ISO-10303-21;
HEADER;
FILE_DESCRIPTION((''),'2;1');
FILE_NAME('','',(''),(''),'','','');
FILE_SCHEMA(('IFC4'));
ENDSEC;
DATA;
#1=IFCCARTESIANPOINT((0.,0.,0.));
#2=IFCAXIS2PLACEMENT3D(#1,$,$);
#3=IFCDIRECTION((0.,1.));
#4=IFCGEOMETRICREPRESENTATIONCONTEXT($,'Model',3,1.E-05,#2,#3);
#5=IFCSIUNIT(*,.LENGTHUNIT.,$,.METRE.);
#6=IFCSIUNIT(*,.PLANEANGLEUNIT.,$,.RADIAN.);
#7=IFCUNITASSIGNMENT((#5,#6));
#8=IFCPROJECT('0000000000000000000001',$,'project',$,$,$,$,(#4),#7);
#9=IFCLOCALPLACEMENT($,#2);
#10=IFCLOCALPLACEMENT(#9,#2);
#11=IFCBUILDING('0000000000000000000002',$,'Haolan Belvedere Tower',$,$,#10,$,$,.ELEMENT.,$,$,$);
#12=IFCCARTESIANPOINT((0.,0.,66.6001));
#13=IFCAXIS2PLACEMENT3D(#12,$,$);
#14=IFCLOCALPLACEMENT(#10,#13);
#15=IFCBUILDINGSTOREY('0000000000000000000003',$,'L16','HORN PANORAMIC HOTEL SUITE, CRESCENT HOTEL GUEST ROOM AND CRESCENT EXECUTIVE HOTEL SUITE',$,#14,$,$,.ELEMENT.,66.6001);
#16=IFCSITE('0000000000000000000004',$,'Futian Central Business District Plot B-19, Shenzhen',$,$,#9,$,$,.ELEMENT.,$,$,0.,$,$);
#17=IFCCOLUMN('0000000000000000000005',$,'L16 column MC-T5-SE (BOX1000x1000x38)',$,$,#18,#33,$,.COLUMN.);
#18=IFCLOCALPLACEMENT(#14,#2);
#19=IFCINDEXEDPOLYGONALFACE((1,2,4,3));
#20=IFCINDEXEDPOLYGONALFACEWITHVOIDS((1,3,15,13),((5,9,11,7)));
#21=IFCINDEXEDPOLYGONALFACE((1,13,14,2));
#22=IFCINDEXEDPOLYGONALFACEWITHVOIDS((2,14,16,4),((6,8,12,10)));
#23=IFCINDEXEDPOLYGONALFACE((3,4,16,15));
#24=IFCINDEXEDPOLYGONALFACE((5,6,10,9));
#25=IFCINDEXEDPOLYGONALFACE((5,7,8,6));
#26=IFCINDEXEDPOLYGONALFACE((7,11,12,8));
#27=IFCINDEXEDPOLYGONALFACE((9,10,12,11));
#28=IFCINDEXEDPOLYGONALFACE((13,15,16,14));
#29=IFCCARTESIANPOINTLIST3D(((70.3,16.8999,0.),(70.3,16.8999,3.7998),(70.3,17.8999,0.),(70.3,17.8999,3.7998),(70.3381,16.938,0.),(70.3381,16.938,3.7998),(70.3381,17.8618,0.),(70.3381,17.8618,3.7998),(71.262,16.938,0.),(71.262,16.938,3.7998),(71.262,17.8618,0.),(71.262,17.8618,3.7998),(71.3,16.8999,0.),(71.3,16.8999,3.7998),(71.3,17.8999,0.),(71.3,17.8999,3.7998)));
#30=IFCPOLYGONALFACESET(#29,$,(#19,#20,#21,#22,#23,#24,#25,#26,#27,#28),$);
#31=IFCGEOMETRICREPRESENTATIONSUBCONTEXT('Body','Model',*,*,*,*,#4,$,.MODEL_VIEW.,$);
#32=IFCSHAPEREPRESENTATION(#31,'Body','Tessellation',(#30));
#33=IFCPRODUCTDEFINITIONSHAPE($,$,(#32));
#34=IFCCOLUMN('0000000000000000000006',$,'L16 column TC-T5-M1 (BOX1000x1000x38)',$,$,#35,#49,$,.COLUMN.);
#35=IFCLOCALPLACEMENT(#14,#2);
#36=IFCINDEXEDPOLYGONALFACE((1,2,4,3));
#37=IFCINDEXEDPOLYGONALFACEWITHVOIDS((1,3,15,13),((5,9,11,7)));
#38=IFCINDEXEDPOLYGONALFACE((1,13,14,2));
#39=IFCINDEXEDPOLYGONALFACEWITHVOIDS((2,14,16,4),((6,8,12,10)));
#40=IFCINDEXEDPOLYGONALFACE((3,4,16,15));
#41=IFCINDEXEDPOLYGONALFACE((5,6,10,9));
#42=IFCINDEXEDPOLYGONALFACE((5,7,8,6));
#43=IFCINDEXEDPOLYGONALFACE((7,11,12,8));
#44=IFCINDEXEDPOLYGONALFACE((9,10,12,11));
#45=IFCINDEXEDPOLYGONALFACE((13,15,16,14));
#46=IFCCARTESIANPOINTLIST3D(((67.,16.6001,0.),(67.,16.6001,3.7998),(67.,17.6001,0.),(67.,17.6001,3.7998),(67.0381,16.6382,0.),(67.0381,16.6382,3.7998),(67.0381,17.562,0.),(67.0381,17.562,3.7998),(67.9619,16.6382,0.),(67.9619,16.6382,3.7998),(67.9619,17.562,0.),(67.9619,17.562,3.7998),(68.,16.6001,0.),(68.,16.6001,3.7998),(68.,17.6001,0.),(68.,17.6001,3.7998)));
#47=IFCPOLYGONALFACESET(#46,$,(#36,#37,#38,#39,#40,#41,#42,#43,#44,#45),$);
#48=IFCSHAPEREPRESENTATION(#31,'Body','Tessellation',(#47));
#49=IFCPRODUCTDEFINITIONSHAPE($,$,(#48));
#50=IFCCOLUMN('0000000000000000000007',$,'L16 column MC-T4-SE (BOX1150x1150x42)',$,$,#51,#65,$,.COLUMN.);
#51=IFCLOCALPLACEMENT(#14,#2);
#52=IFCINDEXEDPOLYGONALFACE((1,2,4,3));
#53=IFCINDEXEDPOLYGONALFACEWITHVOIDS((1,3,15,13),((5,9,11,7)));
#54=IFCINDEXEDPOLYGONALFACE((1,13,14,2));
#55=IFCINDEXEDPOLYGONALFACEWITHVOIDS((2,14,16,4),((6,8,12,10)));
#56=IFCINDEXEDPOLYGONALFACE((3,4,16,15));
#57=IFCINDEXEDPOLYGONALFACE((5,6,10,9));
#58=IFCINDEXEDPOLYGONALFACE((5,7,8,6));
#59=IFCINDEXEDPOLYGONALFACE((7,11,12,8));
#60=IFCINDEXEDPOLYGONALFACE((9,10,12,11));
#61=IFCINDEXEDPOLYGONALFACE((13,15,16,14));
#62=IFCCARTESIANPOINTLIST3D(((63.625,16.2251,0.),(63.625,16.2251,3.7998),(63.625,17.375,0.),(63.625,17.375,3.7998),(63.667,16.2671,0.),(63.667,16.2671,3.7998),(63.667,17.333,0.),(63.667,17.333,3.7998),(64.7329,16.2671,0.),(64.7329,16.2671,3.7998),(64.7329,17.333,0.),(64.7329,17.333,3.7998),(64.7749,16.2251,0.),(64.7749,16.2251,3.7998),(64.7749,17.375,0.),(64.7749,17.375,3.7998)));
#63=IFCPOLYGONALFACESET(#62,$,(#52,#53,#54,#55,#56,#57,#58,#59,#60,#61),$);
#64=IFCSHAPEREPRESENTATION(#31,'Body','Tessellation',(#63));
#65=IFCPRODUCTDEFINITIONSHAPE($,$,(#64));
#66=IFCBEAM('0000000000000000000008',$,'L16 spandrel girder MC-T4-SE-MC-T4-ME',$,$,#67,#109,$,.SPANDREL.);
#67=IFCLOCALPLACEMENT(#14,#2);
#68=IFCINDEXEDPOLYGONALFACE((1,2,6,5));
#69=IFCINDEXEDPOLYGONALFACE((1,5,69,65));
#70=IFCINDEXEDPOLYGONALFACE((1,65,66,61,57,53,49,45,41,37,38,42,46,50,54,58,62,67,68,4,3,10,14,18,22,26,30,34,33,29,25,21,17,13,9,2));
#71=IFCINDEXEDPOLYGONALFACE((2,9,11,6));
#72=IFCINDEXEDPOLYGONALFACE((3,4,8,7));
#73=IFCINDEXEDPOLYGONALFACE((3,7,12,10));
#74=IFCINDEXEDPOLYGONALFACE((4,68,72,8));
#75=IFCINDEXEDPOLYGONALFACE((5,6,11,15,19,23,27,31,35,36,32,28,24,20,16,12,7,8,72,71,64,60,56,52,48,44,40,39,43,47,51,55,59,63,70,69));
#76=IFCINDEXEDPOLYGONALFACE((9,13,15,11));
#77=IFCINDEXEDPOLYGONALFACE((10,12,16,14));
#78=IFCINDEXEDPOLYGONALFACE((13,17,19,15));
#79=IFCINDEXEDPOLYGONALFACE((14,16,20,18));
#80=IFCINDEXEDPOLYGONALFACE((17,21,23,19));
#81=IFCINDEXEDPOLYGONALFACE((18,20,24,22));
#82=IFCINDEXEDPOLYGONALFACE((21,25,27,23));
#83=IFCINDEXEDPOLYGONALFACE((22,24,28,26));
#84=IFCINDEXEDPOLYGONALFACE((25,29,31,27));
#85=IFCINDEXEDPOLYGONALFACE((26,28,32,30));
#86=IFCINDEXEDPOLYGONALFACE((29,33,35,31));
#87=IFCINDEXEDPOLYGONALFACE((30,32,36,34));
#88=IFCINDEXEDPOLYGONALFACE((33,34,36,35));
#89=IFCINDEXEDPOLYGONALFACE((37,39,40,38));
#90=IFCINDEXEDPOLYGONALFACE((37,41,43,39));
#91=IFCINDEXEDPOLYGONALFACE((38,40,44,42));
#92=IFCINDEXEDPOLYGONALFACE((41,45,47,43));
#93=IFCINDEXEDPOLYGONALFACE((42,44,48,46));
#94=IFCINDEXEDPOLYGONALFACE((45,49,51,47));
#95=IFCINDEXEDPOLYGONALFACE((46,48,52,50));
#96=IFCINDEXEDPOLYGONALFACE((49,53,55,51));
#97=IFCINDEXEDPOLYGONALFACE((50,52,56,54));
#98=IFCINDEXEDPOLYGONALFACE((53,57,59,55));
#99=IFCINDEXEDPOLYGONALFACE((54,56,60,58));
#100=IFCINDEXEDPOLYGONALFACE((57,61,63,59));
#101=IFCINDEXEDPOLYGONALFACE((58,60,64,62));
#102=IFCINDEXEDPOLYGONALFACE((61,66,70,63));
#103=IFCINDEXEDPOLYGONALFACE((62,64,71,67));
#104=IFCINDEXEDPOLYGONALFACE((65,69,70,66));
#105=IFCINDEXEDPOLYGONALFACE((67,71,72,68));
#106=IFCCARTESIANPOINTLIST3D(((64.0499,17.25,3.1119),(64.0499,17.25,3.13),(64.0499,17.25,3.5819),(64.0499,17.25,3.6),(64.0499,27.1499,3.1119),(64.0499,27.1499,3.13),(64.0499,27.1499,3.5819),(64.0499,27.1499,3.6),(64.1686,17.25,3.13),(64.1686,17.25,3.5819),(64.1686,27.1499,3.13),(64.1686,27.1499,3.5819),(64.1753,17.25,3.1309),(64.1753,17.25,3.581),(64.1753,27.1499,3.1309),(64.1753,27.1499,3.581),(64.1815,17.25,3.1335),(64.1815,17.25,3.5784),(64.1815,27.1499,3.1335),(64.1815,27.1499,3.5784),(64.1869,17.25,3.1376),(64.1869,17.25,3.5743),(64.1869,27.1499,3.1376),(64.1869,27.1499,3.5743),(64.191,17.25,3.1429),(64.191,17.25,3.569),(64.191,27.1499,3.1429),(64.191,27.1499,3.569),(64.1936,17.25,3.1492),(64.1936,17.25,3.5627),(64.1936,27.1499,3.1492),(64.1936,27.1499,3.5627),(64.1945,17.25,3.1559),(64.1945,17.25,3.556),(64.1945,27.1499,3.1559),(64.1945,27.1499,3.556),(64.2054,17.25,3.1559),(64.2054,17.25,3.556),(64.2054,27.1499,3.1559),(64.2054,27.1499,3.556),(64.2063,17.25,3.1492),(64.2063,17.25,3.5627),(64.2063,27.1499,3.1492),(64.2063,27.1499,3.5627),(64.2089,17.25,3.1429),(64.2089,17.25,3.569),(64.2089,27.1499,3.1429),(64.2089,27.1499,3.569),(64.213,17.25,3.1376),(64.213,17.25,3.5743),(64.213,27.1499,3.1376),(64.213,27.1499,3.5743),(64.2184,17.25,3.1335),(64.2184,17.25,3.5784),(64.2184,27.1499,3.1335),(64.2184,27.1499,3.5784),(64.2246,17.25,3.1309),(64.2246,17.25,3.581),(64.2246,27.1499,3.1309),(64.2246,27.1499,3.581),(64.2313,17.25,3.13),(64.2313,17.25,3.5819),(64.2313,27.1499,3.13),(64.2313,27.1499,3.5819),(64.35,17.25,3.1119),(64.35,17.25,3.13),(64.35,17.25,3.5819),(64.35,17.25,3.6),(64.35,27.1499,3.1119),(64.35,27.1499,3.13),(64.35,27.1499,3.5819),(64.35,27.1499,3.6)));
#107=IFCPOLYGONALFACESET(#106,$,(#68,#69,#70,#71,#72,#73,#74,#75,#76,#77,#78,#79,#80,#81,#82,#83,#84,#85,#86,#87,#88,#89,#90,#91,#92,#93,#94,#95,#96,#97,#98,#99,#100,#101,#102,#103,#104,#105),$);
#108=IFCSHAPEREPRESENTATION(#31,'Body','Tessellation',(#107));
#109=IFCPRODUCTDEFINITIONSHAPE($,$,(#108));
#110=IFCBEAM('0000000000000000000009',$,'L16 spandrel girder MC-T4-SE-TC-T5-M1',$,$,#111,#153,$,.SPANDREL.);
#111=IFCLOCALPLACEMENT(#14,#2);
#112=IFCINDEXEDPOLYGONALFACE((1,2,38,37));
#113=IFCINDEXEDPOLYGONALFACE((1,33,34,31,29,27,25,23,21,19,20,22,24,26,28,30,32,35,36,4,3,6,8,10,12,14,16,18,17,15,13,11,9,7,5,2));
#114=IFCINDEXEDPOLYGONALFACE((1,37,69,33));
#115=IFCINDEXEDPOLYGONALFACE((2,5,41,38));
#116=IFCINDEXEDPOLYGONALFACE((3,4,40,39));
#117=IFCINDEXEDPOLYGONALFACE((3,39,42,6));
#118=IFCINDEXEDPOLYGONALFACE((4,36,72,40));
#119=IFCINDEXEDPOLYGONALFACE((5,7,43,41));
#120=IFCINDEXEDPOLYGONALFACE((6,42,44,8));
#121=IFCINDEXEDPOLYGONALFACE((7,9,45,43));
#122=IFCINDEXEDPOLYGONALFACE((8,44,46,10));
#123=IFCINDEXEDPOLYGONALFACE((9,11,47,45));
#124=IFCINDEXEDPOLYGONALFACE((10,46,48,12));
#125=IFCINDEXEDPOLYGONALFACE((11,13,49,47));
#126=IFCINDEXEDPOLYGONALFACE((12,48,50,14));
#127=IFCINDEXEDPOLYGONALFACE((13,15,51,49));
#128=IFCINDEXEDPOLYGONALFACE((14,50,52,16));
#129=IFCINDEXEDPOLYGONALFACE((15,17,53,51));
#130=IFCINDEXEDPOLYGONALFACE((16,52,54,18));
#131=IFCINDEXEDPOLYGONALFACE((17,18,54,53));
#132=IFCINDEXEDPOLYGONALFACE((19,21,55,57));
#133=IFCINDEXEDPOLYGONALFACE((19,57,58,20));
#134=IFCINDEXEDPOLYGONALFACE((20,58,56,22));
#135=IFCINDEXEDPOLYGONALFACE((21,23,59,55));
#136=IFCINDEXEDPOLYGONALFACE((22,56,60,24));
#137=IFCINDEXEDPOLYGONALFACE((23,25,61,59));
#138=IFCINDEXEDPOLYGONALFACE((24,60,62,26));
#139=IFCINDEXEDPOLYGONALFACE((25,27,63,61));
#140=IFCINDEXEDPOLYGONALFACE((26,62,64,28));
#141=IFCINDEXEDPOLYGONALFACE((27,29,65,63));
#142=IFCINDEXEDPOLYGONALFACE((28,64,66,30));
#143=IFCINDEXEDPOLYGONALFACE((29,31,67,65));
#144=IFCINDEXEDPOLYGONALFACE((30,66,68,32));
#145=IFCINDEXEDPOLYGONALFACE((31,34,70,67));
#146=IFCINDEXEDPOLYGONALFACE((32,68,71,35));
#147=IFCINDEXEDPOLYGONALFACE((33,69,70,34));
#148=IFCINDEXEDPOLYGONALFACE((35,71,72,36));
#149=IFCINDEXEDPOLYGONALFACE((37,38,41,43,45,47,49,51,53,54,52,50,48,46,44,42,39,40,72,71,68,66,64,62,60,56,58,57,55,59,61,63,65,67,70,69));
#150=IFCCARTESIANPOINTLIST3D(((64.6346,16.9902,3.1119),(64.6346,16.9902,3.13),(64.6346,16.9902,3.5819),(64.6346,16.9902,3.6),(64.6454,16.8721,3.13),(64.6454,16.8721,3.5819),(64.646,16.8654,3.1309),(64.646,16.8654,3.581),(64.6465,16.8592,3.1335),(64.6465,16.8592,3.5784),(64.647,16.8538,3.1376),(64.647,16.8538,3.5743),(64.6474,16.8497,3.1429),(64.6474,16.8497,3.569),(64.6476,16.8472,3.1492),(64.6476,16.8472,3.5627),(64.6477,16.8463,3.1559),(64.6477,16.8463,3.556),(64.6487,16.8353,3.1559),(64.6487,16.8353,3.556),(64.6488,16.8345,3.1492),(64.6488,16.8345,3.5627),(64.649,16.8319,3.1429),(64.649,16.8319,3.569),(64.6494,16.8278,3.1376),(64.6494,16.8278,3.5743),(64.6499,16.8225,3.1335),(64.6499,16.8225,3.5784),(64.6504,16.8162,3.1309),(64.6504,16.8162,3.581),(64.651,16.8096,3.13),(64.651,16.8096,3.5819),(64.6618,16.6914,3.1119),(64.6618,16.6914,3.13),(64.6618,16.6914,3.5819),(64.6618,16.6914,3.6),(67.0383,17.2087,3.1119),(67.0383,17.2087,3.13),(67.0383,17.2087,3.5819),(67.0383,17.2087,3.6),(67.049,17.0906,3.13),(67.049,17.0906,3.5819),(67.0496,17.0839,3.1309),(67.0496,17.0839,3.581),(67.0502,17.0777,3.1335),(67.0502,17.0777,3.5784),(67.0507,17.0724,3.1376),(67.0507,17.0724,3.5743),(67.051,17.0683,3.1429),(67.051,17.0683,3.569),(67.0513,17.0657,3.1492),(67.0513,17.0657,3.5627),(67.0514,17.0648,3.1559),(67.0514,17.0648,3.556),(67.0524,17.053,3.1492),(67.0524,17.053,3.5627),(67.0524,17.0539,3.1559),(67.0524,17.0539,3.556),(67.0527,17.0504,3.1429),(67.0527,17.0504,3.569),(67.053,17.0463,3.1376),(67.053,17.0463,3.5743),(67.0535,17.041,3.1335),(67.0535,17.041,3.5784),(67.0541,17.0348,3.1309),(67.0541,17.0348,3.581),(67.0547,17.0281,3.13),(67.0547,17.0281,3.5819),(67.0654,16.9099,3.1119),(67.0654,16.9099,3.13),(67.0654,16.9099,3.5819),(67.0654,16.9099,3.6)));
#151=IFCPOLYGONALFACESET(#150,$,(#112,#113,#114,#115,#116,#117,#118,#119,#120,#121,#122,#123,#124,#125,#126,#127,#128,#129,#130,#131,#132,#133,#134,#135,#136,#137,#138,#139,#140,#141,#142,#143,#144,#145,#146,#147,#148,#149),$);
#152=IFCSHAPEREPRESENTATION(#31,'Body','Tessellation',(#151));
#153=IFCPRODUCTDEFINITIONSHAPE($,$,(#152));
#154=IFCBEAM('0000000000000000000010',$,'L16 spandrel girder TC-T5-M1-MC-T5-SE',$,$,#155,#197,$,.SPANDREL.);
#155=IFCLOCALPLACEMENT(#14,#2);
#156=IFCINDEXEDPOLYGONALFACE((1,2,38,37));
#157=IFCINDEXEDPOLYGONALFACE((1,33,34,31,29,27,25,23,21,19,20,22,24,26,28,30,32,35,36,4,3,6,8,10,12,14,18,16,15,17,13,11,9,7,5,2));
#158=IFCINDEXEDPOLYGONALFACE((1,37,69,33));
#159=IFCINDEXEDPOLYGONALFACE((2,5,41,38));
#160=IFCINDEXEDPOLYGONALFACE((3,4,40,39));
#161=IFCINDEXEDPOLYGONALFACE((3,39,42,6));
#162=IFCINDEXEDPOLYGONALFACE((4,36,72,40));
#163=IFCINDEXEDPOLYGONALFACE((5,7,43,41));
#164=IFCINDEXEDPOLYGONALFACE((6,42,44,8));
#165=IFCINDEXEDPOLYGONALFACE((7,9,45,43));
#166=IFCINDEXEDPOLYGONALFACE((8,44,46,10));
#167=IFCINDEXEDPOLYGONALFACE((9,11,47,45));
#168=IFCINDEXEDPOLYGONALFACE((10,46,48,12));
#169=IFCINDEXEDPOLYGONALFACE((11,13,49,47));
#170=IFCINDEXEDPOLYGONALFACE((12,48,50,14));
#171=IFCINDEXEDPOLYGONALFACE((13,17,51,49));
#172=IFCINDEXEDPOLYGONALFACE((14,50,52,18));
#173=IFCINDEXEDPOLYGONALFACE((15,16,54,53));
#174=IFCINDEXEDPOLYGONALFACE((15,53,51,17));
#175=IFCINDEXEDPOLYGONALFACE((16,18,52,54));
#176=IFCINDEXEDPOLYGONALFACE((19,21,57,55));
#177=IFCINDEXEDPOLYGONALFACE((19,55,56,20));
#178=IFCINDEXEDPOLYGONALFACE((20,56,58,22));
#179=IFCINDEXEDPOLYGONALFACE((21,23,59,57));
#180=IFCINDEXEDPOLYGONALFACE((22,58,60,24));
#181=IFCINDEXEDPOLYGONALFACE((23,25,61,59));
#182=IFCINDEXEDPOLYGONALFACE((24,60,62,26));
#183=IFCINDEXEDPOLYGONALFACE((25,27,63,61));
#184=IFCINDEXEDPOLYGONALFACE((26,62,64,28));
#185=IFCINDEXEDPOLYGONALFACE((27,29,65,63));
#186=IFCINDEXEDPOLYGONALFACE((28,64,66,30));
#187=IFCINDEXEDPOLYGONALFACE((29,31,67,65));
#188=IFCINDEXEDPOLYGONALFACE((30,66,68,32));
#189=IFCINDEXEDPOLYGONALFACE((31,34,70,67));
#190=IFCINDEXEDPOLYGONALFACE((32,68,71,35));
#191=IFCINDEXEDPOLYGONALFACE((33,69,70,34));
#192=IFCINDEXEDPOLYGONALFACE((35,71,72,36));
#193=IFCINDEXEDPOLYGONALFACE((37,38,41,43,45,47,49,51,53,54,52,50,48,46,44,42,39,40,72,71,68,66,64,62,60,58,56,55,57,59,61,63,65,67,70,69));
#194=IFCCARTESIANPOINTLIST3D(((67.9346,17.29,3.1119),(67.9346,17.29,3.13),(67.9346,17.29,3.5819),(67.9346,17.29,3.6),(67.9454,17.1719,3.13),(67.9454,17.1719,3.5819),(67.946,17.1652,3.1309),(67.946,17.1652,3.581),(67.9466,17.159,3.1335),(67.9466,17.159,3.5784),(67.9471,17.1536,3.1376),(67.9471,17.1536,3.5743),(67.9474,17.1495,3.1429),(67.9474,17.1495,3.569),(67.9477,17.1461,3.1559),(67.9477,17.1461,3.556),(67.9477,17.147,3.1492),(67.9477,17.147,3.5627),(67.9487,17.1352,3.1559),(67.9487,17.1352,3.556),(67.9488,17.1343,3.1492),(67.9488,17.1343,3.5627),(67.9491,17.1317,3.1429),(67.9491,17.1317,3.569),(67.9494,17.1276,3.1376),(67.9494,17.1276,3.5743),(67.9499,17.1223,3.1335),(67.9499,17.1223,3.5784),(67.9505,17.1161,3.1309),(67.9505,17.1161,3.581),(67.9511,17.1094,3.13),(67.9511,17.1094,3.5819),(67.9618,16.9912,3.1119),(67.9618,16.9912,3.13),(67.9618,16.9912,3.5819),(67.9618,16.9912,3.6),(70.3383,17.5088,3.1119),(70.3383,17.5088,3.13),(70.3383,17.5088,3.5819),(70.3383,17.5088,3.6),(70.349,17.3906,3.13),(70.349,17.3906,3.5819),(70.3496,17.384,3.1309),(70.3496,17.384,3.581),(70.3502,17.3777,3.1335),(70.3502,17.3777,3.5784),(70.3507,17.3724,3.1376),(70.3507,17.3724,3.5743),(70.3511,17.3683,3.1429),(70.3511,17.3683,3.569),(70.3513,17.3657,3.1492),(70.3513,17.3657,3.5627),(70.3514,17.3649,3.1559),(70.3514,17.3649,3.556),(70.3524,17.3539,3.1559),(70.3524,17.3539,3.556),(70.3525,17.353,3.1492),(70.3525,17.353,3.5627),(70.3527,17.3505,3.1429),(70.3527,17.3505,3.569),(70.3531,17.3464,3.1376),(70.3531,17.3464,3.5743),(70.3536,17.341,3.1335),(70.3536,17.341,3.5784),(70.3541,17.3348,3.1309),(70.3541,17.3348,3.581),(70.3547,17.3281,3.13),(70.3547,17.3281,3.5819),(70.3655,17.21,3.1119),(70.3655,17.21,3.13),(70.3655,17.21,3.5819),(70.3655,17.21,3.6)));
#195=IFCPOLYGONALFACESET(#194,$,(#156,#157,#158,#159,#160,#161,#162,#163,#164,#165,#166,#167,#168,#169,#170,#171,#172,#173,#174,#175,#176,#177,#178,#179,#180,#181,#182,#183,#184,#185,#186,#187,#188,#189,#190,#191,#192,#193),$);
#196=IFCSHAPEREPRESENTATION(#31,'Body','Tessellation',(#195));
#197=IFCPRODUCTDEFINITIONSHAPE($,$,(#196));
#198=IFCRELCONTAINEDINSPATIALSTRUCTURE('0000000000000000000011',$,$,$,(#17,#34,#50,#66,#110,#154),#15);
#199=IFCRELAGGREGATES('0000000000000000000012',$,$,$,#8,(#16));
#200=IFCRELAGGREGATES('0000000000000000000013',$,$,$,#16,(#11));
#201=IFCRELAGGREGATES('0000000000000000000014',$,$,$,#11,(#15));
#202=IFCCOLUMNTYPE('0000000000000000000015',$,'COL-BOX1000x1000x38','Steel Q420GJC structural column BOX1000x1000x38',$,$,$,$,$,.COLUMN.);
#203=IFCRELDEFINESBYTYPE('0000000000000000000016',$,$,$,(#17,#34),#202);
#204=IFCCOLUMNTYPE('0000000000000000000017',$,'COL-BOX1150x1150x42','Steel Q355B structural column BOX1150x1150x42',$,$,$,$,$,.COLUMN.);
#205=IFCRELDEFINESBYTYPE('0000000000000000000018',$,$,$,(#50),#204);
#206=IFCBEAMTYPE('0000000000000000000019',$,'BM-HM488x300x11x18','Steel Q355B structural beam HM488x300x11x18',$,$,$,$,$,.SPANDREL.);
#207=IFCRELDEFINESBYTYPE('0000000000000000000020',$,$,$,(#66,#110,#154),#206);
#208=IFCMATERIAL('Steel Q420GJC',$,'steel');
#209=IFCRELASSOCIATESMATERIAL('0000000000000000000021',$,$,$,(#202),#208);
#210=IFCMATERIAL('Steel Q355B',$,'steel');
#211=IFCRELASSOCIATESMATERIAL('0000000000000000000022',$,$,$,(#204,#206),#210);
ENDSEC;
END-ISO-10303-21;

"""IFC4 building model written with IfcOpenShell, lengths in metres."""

from ifc_helpers import new_model, si_unit, direction, frame, origin, origin_2d, place, context, subcontext, project, spatial, hollow_rectangle, i_section, extrude, material, material_profile, profile_set, type_object, element, save


model = new_model("IFC4")

# Units and contexts
model_context = context("Model", 3, precision=1e-05, world=origin(), true_north=direction((0.0, 1.0)))
body_context = subcontext(model_context, "Body", "Model", "MODEL_VIEW")
ifc_project = project(units=[si_unit("LENGTHUNIT", "METRE"), si_unit("PLANEANGLEUNIT", "RADIAN")], contexts=[model_context])

# Site, building, storey
site_placement = place(None, origin())
site = spatial("IfcSite", under=ifc_project, at=site_placement, Name="Futian Central Business District Plot B-19, Shenzhen", CompositionType="ELEMENT", RefElevation=0.0)
building_placement = place(site_placement, origin())
building = spatial("IfcBuilding", under=site, at=building_placement, Name="Haolan Belvedere Tower", CompositionType="ELEMENT")
storey_placement = place(building_placement, frame((0.0, 0.0, 66.6001)))
storey = spatial("IfcBuildingStorey", under=building, at=storey_placement, Name="L16", Description="HORN PANORAMIC HOTEL SUITE, CRESCENT HOTEL GUEST ROOM AND CRESCENT EXECUTIVE HOTEL SUITE", CompositionType="ELEMENT", Elevation=66.6001)

# Columns
ifc_material_1 = material(Name="Steel Q420GJC", Category="steel")
ifc_material_profile_1 = material_profile(ifc_material_1, hollow_rectangle(XDim=1.0, YDim=1.0, WallThickness=0.0381, at=origin_2d()), Name="Steel Q420GJC")
ifc_profile_set_1 = profile_set([ifc_material_profile_1], Name="Steel Q420GJC")
column_type_1 = type_object("IfcColumnType", Name="COL-BOX1000x1000x38", Description="Steel Q420GJC structural column BOX1000x1000x38", PredefinedType="COLUMN", material=ifc_profile_set_1)
for number, where, z_axis, x_axis, name in (
    (1, (70.8, 17.3999, 0.0), (0.0, 0.0, 1.0), (1.0, 0.0, 0.0), "L16 column MC-T5-SE (BOX1000x1000x38)"),
    (2, (67.5, 17.1001, 0.0), (0.0, 0.0, 1.0), (1.0, 0.0, 0.0), "L16 column TC-T5-M1 (BOX1000x1000x38)"),
):
    element("IfcColumn", number, at=place(storey_placement, frame(where, z_axis=z_axis, x_axis=x_axis)), inside=storey, type_object=column_type_1, Name=name, PredefinedType="COLUMN", context=body_context, shape_type="SweptSolid", body=[
        extrude(hollow_rectangle(XDim=1.0, YDim=1.0, WallThickness=0.0381, at=origin_2d()), origin(), (0.0, 0.0, 1.0), 3.7998),
    ])
ifc_material_2 = material(Name="Steel Q355B", Category="steel")
ifc_material_profile_2 = material_profile(ifc_material_2, hollow_rectangle(XDim=1.1499, YDim=1.1499, WallThickness=0.042, at=origin_2d()), Name="Steel Q355B")
ifc_profile_set_2 = profile_set([ifc_material_profile_2], Name="Steel Q355B")
column_type_2 = type_object("IfcColumnType", Name="COL-BOX1150x1150x42", Description="Steel Q355B structural column BOX1150x1150x42", PredefinedType="COLUMN", material=ifc_profile_set_2)
column_placement = place(storey_placement, frame((64.2, 16.8, 0.0), z_axis=(0.0, 0.0, 1.0), x_axis=(1.0, 0.0, 0.0)))
element("IfcColumn", 3, at=column_placement, inside=storey, type_object=column_type_2, Name="L16 column MC-T4-SE (BOX1150x1150x42)", PredefinedType="COLUMN", context=body_context, shape_type="SweptSolid", body=[
    extrude(hollow_rectangle(XDim=1.1499, YDim=1.1499, WallThickness=0.042, at=origin_2d()), origin(), (0.0, 0.0, 1.0), 3.7998),
])

# Beams
ifc_material_profile_3 = material_profile(ifc_material_2, i_section(OverallWidth=0.3, OverallDepth=0.488, WebThickness=0.011, FlangeThickness=0.0181, FilletRadius=0.0259, at=origin_2d()), Name="Steel Q355B")
ifc_profile_set_3 = profile_set([ifc_material_profile_3], Name="Steel Q355B")
beam_type = type_object("IfcBeamType", Name="BM-HM488x300x11x18", Description="Steel Q355B structural beam HM488x300x11x18", PredefinedType="SPANDREL", material=ifc_profile_set_3)
beam_placement = place(storey_placement, frame((64.2, 17.25, 3.356), z_axis=(0.0, 1.0, 0.0), x_axis=(-1.0, 0.0, 0.0)))
element("IfcBeam", 4, at=beam_placement, inside=storey, type_object=beam_type, Name="L16 spandrel girder MC-T4-SE-MC-T4-ME", PredefinedType="SPANDREL", context=body_context, shape_type="SweptSolid", body=[
    extrude(i_section(OverallWidth=0.3, OverallDepth=0.488, WebThickness=0.011, FlangeThickness=0.0181, FilletRadius=0.0259, at=origin_2d()), origin(), (0.0, 0.0, 1.0), 9.8999),
])
for number, where, z_axis, x_axis, name in (
    (5, (64.6482, 16.8408, 3.356), (0.995893, 0.090536, 0.0), (-0.090536, 0.995893, 0.0), "L16 spandrel girder MC-T4-SE-TC-T5-M1"),
    (6, (67.9482, 17.1406, 3.356), (0.995884, 0.090636, 0.0), (-0.090636, 0.995884, 0.0), "L16 spandrel girder TC-T5-M1-MC-T5-SE"),
):
    element("IfcBeam", number, at=place(storey_placement, frame(where, z_axis=z_axis, x_axis=x_axis)), inside=storey, type_object=beam_type, Name=name, PredefinedType="SPANDREL", context=body_context, shape_type="SweptSolid", body=[
        extrude(i_section(OverallWidth=0.3, OverallDepth=0.488, WebThickness=0.011, FlangeThickness=0.0181, FilletRadius=0.0259, at=origin_2d()), origin(), (0.0, 0.0, 1.0), 2.4136),
    ])

save(model, "model.ifc")
